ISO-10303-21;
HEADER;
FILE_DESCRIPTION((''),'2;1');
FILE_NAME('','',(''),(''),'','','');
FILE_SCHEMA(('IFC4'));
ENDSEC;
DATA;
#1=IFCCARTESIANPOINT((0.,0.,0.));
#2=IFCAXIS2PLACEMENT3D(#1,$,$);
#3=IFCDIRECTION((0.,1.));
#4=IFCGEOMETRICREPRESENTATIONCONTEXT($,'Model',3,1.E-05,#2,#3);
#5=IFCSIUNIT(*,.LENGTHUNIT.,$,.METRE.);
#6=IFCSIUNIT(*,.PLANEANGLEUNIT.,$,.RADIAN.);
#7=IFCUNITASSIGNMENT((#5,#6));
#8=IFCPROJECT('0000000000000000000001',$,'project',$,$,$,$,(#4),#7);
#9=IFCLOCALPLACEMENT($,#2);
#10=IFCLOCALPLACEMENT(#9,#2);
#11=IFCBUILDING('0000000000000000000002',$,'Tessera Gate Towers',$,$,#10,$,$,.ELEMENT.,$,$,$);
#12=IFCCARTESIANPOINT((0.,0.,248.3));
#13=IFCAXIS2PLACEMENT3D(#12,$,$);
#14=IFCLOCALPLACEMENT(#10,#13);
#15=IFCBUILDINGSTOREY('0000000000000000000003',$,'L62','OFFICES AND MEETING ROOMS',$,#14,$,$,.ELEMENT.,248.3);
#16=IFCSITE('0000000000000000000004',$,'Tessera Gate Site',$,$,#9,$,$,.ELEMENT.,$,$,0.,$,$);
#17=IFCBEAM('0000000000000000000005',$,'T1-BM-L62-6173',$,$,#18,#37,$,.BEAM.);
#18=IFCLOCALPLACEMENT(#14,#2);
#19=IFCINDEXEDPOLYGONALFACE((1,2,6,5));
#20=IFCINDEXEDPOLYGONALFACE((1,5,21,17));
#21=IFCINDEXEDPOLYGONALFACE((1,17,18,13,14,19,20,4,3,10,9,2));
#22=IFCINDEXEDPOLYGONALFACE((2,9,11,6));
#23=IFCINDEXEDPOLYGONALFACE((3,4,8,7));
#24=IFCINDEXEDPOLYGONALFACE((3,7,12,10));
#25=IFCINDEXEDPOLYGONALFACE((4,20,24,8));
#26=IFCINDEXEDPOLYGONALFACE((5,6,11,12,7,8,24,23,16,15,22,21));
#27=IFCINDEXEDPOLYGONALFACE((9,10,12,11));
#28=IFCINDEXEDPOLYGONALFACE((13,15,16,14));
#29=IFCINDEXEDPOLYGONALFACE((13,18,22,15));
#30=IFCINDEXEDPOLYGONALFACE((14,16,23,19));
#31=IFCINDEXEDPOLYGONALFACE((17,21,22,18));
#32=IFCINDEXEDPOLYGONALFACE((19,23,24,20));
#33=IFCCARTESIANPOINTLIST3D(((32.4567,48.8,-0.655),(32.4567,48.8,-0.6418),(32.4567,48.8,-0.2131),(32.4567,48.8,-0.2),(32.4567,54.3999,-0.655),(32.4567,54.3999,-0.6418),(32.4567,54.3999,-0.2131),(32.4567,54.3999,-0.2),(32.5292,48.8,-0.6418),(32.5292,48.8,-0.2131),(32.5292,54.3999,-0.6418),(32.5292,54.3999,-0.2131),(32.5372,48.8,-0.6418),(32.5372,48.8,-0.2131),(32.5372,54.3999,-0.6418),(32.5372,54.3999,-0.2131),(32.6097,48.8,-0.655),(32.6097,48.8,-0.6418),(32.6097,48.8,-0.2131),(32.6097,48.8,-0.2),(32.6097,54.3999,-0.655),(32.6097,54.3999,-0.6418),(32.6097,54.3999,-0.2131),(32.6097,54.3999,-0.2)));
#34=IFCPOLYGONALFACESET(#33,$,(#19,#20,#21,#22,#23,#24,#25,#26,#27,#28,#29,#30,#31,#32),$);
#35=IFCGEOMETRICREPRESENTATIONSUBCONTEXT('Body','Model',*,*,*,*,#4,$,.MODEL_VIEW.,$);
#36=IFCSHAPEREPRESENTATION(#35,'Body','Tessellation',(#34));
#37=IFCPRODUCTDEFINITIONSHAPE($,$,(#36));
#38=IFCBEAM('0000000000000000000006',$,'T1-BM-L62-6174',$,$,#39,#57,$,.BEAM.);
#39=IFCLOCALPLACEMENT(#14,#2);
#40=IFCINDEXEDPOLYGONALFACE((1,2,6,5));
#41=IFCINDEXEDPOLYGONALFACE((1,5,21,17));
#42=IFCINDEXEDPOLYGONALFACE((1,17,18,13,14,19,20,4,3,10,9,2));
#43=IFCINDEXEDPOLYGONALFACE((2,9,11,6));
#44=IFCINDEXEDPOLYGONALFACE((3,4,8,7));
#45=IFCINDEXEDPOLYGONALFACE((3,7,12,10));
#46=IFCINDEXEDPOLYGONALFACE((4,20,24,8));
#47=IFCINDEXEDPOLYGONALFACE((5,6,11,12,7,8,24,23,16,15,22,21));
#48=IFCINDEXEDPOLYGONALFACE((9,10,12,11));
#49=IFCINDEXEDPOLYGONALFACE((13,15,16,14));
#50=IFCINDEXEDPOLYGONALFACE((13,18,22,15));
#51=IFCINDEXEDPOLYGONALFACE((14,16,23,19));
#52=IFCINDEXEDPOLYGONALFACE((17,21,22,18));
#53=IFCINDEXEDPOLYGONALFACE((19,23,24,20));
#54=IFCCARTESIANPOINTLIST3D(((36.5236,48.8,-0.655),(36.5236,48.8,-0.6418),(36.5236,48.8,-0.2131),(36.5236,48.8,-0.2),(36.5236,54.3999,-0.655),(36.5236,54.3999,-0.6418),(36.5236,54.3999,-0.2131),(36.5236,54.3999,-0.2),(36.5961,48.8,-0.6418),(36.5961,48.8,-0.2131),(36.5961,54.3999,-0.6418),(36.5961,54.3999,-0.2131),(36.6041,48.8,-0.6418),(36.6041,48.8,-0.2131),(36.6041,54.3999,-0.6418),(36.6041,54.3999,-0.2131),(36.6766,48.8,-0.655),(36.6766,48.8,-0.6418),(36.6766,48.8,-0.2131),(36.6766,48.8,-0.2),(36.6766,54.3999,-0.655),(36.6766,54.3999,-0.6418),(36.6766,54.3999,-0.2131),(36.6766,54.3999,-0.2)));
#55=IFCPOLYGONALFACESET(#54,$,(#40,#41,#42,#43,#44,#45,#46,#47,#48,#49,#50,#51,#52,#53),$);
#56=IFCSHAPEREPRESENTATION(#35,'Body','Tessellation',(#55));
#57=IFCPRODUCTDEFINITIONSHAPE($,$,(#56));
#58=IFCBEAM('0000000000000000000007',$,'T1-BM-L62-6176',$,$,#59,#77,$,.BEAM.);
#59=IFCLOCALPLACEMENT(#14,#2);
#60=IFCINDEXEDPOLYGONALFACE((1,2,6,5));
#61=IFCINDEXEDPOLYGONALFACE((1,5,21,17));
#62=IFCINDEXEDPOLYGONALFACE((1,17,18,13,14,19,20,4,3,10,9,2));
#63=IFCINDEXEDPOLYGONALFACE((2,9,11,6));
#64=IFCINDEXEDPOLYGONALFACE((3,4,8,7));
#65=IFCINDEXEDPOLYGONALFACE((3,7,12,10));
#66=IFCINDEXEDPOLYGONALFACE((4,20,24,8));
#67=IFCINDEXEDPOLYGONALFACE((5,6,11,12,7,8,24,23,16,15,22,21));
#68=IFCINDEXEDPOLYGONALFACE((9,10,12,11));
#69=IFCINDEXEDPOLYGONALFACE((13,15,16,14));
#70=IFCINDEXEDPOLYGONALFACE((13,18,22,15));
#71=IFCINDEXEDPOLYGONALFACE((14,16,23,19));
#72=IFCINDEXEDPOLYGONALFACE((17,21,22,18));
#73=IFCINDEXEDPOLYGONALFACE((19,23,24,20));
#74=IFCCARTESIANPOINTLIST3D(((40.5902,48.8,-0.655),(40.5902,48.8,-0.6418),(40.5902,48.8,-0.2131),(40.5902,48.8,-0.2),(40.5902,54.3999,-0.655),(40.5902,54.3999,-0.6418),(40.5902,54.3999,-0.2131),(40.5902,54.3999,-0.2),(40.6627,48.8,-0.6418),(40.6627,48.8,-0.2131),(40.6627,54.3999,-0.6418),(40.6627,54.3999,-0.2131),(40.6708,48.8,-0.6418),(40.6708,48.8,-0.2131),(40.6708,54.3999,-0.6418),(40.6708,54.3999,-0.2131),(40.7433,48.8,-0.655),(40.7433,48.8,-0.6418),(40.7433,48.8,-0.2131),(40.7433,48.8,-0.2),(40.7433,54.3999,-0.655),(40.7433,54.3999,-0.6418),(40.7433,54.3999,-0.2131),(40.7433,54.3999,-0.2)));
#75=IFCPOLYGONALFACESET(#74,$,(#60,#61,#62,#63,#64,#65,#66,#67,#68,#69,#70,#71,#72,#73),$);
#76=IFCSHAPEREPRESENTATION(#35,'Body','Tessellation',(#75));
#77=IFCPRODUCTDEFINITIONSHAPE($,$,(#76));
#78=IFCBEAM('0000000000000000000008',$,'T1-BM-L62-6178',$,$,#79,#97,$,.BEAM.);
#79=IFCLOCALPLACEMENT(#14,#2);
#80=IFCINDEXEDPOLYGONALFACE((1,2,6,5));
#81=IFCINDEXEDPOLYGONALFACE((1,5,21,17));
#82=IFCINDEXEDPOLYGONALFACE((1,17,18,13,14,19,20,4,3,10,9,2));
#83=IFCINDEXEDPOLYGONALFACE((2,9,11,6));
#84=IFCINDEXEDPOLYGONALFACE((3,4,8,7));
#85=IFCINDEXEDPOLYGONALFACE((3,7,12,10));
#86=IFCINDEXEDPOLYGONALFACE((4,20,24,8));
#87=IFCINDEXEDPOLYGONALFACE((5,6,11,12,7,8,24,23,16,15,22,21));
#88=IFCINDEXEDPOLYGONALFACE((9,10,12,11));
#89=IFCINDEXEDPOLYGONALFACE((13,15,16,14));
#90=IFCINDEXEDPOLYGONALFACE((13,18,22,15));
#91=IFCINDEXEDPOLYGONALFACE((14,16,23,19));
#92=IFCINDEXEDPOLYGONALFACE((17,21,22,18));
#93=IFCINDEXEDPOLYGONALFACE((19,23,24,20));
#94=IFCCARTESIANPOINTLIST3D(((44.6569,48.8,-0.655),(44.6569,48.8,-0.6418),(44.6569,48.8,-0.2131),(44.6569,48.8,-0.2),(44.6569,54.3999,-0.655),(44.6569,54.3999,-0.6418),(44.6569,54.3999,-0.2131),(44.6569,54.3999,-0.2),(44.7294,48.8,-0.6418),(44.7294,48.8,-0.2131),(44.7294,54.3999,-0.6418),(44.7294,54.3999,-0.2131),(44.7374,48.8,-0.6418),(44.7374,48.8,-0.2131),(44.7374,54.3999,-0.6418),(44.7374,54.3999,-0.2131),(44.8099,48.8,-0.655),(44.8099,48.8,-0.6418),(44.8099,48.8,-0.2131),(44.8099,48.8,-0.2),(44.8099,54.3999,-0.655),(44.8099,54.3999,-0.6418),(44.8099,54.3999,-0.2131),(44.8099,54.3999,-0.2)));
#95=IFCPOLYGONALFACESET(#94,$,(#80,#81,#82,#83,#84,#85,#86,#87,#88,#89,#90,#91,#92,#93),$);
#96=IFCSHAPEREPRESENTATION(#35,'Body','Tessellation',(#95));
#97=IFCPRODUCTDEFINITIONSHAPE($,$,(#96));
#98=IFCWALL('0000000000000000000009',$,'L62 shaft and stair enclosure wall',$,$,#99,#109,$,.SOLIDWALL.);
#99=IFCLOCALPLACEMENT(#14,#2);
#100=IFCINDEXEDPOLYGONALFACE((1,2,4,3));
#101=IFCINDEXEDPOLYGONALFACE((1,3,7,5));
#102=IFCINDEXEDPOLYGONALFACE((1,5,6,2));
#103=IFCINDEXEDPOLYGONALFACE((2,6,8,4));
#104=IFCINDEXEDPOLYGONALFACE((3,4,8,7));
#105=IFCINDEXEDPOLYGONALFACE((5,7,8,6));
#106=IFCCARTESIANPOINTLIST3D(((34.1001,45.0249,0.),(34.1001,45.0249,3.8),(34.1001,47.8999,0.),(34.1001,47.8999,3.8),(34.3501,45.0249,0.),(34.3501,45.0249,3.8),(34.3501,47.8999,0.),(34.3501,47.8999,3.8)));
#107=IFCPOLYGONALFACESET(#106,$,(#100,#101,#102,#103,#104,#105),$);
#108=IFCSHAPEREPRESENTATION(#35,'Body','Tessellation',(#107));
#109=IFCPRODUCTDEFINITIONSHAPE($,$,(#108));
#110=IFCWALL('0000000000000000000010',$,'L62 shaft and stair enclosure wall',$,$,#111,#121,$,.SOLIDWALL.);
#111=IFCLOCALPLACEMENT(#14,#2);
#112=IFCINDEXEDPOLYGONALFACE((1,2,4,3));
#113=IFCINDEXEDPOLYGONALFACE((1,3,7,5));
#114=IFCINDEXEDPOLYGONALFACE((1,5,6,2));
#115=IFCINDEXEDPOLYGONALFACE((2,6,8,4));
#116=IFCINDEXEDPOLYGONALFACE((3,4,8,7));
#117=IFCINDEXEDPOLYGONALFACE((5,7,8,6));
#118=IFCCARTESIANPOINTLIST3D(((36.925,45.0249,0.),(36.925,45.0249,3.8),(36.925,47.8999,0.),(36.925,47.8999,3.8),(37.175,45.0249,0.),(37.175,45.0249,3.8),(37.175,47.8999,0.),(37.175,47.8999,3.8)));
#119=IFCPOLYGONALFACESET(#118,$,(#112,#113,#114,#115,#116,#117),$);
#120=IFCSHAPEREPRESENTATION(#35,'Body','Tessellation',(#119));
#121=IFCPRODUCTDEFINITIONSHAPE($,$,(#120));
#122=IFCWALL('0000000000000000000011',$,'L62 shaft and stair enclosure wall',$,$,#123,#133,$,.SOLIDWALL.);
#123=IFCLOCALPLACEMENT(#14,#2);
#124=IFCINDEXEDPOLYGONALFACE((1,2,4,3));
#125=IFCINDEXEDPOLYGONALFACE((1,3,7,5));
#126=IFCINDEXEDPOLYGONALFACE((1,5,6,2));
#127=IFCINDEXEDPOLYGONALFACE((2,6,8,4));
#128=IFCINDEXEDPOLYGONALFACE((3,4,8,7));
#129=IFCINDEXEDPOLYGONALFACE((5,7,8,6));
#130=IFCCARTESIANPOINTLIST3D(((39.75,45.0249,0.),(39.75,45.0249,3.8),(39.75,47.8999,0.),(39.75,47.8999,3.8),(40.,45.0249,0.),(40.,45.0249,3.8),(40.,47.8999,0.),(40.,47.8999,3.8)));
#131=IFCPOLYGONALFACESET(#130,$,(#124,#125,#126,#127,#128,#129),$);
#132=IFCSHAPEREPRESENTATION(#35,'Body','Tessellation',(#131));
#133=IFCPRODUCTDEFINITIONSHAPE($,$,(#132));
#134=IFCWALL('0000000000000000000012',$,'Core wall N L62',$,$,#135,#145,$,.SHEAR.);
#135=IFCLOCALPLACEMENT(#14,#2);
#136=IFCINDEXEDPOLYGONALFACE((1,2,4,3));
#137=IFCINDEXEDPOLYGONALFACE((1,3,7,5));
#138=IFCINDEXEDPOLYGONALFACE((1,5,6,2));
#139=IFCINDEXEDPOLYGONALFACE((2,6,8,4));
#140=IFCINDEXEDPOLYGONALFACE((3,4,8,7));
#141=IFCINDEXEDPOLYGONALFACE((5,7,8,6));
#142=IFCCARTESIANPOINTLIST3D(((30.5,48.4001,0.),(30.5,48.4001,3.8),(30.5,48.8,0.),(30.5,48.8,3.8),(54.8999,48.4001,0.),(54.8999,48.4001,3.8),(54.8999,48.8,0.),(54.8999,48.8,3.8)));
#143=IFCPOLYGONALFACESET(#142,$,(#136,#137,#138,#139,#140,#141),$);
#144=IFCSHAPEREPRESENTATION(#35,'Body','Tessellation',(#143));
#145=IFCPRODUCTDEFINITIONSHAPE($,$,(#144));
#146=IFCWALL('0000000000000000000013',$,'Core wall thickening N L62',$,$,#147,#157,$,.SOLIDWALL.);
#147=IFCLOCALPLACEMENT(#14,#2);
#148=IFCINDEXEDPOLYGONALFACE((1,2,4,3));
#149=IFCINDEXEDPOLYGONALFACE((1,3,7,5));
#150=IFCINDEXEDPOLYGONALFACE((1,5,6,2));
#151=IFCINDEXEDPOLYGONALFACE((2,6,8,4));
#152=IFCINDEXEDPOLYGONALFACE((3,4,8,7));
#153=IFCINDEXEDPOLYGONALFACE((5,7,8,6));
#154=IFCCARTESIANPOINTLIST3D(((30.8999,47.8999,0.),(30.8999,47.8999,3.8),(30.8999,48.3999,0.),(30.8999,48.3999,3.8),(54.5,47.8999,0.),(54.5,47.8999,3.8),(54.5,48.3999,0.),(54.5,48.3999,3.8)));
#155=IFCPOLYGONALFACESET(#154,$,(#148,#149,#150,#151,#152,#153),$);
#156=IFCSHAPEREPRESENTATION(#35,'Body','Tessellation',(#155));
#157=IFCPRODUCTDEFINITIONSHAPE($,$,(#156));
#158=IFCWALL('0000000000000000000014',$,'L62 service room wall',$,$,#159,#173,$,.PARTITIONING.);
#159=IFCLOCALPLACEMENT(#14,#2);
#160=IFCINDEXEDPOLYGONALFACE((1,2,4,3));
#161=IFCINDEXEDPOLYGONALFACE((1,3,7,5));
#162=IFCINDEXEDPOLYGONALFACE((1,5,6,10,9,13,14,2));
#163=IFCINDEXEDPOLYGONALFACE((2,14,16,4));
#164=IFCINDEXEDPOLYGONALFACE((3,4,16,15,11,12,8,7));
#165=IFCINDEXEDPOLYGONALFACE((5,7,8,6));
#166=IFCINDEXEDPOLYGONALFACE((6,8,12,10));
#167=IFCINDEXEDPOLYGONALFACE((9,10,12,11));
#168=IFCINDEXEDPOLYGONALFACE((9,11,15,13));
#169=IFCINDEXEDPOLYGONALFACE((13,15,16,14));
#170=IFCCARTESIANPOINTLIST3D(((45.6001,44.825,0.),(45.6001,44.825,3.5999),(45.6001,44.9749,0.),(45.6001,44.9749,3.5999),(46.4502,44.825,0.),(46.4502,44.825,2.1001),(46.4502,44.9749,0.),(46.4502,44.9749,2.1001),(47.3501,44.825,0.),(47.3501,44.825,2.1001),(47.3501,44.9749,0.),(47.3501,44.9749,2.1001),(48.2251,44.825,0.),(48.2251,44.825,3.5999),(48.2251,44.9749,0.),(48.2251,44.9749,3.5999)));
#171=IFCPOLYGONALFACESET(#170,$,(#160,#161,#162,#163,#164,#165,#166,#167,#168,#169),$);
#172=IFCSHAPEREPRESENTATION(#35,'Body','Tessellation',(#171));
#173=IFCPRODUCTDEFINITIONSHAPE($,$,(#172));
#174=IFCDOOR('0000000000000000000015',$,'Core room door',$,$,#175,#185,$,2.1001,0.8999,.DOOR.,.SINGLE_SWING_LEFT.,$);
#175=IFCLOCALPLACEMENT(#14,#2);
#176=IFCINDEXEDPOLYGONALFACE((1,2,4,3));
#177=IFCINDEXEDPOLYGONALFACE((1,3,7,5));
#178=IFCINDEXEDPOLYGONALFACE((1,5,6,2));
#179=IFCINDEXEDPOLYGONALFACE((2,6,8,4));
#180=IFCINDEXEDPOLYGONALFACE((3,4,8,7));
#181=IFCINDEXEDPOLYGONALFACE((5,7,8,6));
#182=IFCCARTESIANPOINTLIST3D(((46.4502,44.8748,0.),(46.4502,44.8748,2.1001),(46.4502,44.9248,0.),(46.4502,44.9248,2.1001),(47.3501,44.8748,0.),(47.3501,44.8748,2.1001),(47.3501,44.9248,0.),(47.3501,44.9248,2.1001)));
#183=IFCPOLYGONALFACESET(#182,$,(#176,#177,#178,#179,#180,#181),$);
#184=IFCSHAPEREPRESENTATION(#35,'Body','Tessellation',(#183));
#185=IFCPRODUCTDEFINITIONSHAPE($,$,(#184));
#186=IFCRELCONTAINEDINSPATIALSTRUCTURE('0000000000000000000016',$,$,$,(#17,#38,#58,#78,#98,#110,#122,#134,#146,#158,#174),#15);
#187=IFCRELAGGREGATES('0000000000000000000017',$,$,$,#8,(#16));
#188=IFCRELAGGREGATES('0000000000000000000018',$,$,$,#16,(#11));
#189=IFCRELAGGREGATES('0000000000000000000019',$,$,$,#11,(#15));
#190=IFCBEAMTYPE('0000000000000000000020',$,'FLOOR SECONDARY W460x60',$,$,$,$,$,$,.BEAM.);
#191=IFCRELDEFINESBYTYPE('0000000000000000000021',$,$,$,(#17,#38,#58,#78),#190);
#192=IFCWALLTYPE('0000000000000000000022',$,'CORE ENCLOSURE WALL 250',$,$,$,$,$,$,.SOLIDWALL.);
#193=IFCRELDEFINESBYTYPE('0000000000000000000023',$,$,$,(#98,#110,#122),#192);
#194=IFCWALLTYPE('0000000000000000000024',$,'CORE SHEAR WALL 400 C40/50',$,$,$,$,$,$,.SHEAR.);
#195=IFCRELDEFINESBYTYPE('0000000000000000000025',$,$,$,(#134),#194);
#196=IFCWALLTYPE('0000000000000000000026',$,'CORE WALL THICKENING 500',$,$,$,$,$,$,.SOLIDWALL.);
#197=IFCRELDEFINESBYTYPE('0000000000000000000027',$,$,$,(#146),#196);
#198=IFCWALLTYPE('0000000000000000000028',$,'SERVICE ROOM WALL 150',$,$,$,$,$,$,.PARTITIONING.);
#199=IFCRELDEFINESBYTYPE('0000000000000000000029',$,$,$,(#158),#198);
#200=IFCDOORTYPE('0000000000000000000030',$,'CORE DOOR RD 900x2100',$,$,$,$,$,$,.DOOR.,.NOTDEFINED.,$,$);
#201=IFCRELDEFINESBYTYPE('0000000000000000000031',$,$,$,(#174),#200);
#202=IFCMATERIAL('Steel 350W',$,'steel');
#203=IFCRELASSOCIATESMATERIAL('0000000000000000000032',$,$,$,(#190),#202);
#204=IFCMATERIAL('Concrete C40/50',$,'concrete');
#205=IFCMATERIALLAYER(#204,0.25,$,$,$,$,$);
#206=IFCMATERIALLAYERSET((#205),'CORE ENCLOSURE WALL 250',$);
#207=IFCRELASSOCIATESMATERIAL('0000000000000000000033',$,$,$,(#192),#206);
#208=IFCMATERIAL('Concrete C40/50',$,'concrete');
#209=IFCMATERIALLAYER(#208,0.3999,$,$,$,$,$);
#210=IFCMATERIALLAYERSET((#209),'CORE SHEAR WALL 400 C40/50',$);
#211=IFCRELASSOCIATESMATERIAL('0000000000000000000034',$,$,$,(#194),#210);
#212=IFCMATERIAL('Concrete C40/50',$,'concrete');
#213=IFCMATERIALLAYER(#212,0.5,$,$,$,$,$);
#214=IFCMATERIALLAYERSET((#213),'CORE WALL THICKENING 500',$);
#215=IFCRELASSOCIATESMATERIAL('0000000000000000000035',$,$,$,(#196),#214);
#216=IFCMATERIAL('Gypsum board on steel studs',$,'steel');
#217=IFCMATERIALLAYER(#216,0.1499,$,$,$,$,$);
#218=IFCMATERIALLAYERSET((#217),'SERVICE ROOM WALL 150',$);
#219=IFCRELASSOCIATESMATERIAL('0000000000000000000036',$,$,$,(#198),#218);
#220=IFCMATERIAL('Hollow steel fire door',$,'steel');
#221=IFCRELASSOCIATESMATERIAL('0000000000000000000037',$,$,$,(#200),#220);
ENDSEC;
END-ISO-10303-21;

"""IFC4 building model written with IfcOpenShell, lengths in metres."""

from ifc_helpers import new_model, si_unit, direction, frame, frame_2d, origin, origin_2d, place, context, subcontext, project, spatial, rectangle, i_section, extrude, source, transform, mapped, material, layer, layer_set, material_profile, profile_set, type_object, element, fill, save


model = new_model("IFC4")

# Units and contexts
model_context = context("Model", 3, precision=1e-05, world=origin(), true_north=direction((0.0, 1.0)))
body_context = subcontext(model_context, "Body", "Model", "MODEL_VIEW")
ifc_project = project(units=[si_unit("LENGTHUNIT", "METRE"), si_unit("PLANEANGLEUNIT", "RADIAN")], contexts=[model_context])

# Site, building, storey
site_placement = place(None, origin())
site = spatial("IfcSite", under=ifc_project, at=site_placement, Name="Tessera Gate Site", CompositionType="ELEMENT", RefElevation=0.0)
building_placement = place(site_placement, origin())
building = spatial("IfcBuilding", under=site, at=building_placement, Name="Tessera Gate Towers", CompositionType="ELEMENT")
storey_placement = place(building_placement, frame((0.0, 0.0, 248.3)))
storey = spatial("IfcBuildingStorey", under=building, at=storey_placement, Name="L62", Description="OFFICES AND MEETING ROOMS", CompositionType="ELEMENT", Elevation=248.3)

# Beams
ifc_material_1 = material(Name="Steel 350W", Category="steel")
ifc_material_profile = material_profile(ifc_material_1, i_section(OverallWidth=0.1531, OverallDepth=0.4551, WebThickness=0.0081, FlangeThickness=0.0132, at=origin_2d()), Name="W460x60")
ifc_profile_set = profile_set([ifc_material_profile], Name="Steel 350W")
beam_type = type_object("IfcBeamType", Name="FLOOR SECONDARY W460x60", PredefinedType="BEAM", material=ifc_profile_set)
for number, where, z_axis, x_axis, name in (
    (1, (32.5332, 48.8, -0.4275), (0.0, 1.0, 0.0), (-1.0, 0.0, 0.0), "T1-BM-L62-6173"),
    (2, (36.6001, 48.8, -0.4275), (0.0, 1.0, 0.0), (-1.0, 0.0, 0.0), "T1-BM-L62-6174"),
    (3, (40.6667, 48.8, -0.4275), (0.0, 1.0, 0.0), (-1.0, 0.0, 0.0), "T1-BM-L62-6176"),
    (4, (44.7334, 48.8, -0.4275), (0.0, 1.0, 0.0), (-1.0, 0.0, 0.0), "T1-BM-L62-6178"),
):
    element("IfcBeam", number, at=place(storey_placement, frame(where, z_axis=z_axis, x_axis=x_axis)), inside=storey, type_object=beam_type, Name=name, PredefinedType="BEAM", context=body_context, shape_type="SweptSolid", body=[
        extrude(i_section(OverallWidth=0.1531, OverallDepth=0.4551, WebThickness=0.0081, FlangeThickness=0.0132, at=origin_2d()), origin(), (0.0, 0.0, 1.0), 5.5999),
    ])

# Walls
ifc_material_2 = material(Name="Concrete C40/50", Category="concrete")
ifc_layer_1 = layer(ifc_material_2, 0.25)
ifc_layer_set_1 = layer_set([ifc_layer_1], Name="CORE ENCLOSURE WALL 250")
wall_type_1 = type_object("IfcWallType", Name="CORE ENCLOSURE WALL 250", PredefinedType="SOLIDWALL", material=ifc_layer_set_1)
for number, where, z_axis, x_axis, name in (
    (5, (34.2251, 45.0249, 0.0), (0.0, 0.0, 1.0), (0.0, 1.0, 0.0), "L62 shaft and stair enclosure wall"),
    (6, (37.05, 45.0249, 0.0), (0.0, 0.0, 1.0), (0.0, 1.0, 0.0), "L62 shaft and stair enclosure wall"),
    (7, (39.875, 45.0249, 0.0), (0.0, 0.0, 1.0), (0.0, 1.0, 0.0), "L62 shaft and stair enclosure wall"),
):
    element("IfcWall", number, at=place(storey_placement, frame(where, z_axis=z_axis, x_axis=x_axis)), inside=storey, type_object=wall_type_1, Name=name, PredefinedType="SOLIDWALL", context=body_context, shape_type="SweptSolid", body=[
        extrude(rectangle(XDim=2.875, YDim=0.25, at=frame_2d((1.4375, 0.0))), origin(), (0.0, 0.0, 1.0), 3.8),
    ])
ifc_material_3 = material(Name="Concrete C40/50", Category="concrete")
ifc_layer_2 = layer(ifc_material_3, 0.3999)
ifc_layer_set_2 = layer_set([ifc_layer_2], Name="CORE SHEAR WALL 400 C40/50")
wall_type_2 = type_object("IfcWallType", Name="CORE SHEAR WALL 400 C40/50", PredefinedType="SHEAR", material=ifc_layer_set_2)
wall_1_placement = place(storey_placement, frame((30.5, 48.6001, 0.0), z_axis=(0.0, 0.0, 1.0), x_axis=(1.0, 0.0, 0.0)))
element("IfcWall", 8, at=wall_1_placement, inside=storey, type_object=wall_type_2, Name="Core wall N L62", PredefinedType="SHEAR", context=body_context, shape_type="SweptSolid", body=[
    extrude(rectangle(XDim=24.3999, YDim=0.3999, at=frame_2d((12.2, 0.0))), origin(), (0.0, 0.0, 1.0), 3.8),
])
ifc_material_4 = material(Name="Concrete C40/50", Category="concrete")
ifc_layer_3 = layer(ifc_material_4, 0.5)
ifc_layer_set_3 = layer_set([ifc_layer_3], Name="CORE WALL THICKENING 500")
wall_type_3 = type_object("IfcWallType", Name="CORE WALL THICKENING 500", PredefinedType="SOLIDWALL", material=ifc_layer_set_3)
wall_2_placement = place(storey_placement, frame((30.8999, 48.1499, 0.0), z_axis=(0.0, 0.0, 1.0), x_axis=(1.0, 0.0, 0.0)))
element("IfcWall", 9, at=wall_2_placement, inside=storey, type_object=wall_type_3, Name="Core wall thickening N L62", PredefinedType="SOLIDWALL", context=body_context, shape_type="SweptSolid", body=[
    extrude(rectangle(XDim=23.6001, YDim=0.5, at=frame_2d((11.8, 0.0))), origin(), (0.0, 0.0, 1.0), 3.8),
])

# Wall, opening, door
ifc_material_5 = material(Name="Gypsum board on steel studs", Category="steel")
ifc_layer_4 = layer(ifc_material_5, 0.1499)
ifc_layer_set_4 = layer_set([ifc_layer_4], Name="SERVICE ROOM WALL 150")
wall_type_4 = type_object("IfcWallType", Name="SERVICE ROOM WALL 150", PredefinedType="PARTITIONING", material=ifc_layer_set_4)
wall_3_placement = place(storey_placement, frame((45.6001, 44.8999, 0.0), z_axis=(0.0, 0.0, 1.0), x_axis=(1.0, 0.0, 0.0)))
wall_3 = element("IfcWall", 10, at=wall_3_placement, inside=storey, type_object=wall_type_4, Name="L62 service room wall", PredefinedType="PARTITIONING", context=body_context, shape_type="SweptSolid", body=[
    extrude(rectangle(XDim=2.625, YDim=0.1499, at=frame_2d((1.3125, 0.0))), origin(), (0.0, 0.0, 1.0), 3.5999),
])
shared_shape_1 = source(origin(), body_context, "Body", "SweptSolid", [
    extrude(rectangle(XDim=0.8999, YDim=2.1001, at=frame_2d((0.45, 1.05))), frame((0.0, 0.085, 0.0), z_axis=(0.0, -1.0, 0.0), x_axis=(1.0, 0.0, 0.0)), (0.0, 0.0, 1.0), 0.1699),
])
opening_1_placement = place(wall_3_placement, frame((0.8501, 0.0, 0.0)))
opening_1 = element("IfcOpeningElement", 11, at=opening_1_placement, cuts=wall_3, PredefinedType="OPENING", context=body_context, shape_type="MappedRepresentation", body=[
    mapped(shared_shape_1, transform((0.0, 0.0, 0.0), scale=1.0)),
])
ifc_material_6 = material(Name="Hollow steel fire door", Category="steel")
door_type = type_object("IfcDoorType", Name="CORE DOOR RD 900x2100", OperationType="NOTDEFINED", PredefinedType="DOOR", material=ifc_material_6)
shared_shape_2 = source(origin(), body_context, "Body", "SweptSolid", [
    extrude(rectangle(XDim=0.8999, YDim=2.1001, at=frame_2d((0.45, 1.05))), frame((0.0, 0.0249, 0.0), z_axis=(0.0, -1.0, 0.0), x_axis=(1.0, 0.0, 0.0)), (0.0, 0.0, 1.0), 0.05),
])
door_placement = place(opening_1_placement, origin())
door = element("IfcDoor", 12, at=door_placement, inside=storey, type_object=door_type, Name="Core room door", OperationType="SINGLE_SWING_LEFT", OverallHeight=2.1001, OverallWidth=0.8999, PredefinedType="DOOR", context=body_context, shape_type="MappedRepresentation", body=[
    mapped(shared_shape_2, transform((0.0, 0.0, 0.0), scale=1.0)),
])
fill(opening_1, door)

save(model, "model.ifc")
